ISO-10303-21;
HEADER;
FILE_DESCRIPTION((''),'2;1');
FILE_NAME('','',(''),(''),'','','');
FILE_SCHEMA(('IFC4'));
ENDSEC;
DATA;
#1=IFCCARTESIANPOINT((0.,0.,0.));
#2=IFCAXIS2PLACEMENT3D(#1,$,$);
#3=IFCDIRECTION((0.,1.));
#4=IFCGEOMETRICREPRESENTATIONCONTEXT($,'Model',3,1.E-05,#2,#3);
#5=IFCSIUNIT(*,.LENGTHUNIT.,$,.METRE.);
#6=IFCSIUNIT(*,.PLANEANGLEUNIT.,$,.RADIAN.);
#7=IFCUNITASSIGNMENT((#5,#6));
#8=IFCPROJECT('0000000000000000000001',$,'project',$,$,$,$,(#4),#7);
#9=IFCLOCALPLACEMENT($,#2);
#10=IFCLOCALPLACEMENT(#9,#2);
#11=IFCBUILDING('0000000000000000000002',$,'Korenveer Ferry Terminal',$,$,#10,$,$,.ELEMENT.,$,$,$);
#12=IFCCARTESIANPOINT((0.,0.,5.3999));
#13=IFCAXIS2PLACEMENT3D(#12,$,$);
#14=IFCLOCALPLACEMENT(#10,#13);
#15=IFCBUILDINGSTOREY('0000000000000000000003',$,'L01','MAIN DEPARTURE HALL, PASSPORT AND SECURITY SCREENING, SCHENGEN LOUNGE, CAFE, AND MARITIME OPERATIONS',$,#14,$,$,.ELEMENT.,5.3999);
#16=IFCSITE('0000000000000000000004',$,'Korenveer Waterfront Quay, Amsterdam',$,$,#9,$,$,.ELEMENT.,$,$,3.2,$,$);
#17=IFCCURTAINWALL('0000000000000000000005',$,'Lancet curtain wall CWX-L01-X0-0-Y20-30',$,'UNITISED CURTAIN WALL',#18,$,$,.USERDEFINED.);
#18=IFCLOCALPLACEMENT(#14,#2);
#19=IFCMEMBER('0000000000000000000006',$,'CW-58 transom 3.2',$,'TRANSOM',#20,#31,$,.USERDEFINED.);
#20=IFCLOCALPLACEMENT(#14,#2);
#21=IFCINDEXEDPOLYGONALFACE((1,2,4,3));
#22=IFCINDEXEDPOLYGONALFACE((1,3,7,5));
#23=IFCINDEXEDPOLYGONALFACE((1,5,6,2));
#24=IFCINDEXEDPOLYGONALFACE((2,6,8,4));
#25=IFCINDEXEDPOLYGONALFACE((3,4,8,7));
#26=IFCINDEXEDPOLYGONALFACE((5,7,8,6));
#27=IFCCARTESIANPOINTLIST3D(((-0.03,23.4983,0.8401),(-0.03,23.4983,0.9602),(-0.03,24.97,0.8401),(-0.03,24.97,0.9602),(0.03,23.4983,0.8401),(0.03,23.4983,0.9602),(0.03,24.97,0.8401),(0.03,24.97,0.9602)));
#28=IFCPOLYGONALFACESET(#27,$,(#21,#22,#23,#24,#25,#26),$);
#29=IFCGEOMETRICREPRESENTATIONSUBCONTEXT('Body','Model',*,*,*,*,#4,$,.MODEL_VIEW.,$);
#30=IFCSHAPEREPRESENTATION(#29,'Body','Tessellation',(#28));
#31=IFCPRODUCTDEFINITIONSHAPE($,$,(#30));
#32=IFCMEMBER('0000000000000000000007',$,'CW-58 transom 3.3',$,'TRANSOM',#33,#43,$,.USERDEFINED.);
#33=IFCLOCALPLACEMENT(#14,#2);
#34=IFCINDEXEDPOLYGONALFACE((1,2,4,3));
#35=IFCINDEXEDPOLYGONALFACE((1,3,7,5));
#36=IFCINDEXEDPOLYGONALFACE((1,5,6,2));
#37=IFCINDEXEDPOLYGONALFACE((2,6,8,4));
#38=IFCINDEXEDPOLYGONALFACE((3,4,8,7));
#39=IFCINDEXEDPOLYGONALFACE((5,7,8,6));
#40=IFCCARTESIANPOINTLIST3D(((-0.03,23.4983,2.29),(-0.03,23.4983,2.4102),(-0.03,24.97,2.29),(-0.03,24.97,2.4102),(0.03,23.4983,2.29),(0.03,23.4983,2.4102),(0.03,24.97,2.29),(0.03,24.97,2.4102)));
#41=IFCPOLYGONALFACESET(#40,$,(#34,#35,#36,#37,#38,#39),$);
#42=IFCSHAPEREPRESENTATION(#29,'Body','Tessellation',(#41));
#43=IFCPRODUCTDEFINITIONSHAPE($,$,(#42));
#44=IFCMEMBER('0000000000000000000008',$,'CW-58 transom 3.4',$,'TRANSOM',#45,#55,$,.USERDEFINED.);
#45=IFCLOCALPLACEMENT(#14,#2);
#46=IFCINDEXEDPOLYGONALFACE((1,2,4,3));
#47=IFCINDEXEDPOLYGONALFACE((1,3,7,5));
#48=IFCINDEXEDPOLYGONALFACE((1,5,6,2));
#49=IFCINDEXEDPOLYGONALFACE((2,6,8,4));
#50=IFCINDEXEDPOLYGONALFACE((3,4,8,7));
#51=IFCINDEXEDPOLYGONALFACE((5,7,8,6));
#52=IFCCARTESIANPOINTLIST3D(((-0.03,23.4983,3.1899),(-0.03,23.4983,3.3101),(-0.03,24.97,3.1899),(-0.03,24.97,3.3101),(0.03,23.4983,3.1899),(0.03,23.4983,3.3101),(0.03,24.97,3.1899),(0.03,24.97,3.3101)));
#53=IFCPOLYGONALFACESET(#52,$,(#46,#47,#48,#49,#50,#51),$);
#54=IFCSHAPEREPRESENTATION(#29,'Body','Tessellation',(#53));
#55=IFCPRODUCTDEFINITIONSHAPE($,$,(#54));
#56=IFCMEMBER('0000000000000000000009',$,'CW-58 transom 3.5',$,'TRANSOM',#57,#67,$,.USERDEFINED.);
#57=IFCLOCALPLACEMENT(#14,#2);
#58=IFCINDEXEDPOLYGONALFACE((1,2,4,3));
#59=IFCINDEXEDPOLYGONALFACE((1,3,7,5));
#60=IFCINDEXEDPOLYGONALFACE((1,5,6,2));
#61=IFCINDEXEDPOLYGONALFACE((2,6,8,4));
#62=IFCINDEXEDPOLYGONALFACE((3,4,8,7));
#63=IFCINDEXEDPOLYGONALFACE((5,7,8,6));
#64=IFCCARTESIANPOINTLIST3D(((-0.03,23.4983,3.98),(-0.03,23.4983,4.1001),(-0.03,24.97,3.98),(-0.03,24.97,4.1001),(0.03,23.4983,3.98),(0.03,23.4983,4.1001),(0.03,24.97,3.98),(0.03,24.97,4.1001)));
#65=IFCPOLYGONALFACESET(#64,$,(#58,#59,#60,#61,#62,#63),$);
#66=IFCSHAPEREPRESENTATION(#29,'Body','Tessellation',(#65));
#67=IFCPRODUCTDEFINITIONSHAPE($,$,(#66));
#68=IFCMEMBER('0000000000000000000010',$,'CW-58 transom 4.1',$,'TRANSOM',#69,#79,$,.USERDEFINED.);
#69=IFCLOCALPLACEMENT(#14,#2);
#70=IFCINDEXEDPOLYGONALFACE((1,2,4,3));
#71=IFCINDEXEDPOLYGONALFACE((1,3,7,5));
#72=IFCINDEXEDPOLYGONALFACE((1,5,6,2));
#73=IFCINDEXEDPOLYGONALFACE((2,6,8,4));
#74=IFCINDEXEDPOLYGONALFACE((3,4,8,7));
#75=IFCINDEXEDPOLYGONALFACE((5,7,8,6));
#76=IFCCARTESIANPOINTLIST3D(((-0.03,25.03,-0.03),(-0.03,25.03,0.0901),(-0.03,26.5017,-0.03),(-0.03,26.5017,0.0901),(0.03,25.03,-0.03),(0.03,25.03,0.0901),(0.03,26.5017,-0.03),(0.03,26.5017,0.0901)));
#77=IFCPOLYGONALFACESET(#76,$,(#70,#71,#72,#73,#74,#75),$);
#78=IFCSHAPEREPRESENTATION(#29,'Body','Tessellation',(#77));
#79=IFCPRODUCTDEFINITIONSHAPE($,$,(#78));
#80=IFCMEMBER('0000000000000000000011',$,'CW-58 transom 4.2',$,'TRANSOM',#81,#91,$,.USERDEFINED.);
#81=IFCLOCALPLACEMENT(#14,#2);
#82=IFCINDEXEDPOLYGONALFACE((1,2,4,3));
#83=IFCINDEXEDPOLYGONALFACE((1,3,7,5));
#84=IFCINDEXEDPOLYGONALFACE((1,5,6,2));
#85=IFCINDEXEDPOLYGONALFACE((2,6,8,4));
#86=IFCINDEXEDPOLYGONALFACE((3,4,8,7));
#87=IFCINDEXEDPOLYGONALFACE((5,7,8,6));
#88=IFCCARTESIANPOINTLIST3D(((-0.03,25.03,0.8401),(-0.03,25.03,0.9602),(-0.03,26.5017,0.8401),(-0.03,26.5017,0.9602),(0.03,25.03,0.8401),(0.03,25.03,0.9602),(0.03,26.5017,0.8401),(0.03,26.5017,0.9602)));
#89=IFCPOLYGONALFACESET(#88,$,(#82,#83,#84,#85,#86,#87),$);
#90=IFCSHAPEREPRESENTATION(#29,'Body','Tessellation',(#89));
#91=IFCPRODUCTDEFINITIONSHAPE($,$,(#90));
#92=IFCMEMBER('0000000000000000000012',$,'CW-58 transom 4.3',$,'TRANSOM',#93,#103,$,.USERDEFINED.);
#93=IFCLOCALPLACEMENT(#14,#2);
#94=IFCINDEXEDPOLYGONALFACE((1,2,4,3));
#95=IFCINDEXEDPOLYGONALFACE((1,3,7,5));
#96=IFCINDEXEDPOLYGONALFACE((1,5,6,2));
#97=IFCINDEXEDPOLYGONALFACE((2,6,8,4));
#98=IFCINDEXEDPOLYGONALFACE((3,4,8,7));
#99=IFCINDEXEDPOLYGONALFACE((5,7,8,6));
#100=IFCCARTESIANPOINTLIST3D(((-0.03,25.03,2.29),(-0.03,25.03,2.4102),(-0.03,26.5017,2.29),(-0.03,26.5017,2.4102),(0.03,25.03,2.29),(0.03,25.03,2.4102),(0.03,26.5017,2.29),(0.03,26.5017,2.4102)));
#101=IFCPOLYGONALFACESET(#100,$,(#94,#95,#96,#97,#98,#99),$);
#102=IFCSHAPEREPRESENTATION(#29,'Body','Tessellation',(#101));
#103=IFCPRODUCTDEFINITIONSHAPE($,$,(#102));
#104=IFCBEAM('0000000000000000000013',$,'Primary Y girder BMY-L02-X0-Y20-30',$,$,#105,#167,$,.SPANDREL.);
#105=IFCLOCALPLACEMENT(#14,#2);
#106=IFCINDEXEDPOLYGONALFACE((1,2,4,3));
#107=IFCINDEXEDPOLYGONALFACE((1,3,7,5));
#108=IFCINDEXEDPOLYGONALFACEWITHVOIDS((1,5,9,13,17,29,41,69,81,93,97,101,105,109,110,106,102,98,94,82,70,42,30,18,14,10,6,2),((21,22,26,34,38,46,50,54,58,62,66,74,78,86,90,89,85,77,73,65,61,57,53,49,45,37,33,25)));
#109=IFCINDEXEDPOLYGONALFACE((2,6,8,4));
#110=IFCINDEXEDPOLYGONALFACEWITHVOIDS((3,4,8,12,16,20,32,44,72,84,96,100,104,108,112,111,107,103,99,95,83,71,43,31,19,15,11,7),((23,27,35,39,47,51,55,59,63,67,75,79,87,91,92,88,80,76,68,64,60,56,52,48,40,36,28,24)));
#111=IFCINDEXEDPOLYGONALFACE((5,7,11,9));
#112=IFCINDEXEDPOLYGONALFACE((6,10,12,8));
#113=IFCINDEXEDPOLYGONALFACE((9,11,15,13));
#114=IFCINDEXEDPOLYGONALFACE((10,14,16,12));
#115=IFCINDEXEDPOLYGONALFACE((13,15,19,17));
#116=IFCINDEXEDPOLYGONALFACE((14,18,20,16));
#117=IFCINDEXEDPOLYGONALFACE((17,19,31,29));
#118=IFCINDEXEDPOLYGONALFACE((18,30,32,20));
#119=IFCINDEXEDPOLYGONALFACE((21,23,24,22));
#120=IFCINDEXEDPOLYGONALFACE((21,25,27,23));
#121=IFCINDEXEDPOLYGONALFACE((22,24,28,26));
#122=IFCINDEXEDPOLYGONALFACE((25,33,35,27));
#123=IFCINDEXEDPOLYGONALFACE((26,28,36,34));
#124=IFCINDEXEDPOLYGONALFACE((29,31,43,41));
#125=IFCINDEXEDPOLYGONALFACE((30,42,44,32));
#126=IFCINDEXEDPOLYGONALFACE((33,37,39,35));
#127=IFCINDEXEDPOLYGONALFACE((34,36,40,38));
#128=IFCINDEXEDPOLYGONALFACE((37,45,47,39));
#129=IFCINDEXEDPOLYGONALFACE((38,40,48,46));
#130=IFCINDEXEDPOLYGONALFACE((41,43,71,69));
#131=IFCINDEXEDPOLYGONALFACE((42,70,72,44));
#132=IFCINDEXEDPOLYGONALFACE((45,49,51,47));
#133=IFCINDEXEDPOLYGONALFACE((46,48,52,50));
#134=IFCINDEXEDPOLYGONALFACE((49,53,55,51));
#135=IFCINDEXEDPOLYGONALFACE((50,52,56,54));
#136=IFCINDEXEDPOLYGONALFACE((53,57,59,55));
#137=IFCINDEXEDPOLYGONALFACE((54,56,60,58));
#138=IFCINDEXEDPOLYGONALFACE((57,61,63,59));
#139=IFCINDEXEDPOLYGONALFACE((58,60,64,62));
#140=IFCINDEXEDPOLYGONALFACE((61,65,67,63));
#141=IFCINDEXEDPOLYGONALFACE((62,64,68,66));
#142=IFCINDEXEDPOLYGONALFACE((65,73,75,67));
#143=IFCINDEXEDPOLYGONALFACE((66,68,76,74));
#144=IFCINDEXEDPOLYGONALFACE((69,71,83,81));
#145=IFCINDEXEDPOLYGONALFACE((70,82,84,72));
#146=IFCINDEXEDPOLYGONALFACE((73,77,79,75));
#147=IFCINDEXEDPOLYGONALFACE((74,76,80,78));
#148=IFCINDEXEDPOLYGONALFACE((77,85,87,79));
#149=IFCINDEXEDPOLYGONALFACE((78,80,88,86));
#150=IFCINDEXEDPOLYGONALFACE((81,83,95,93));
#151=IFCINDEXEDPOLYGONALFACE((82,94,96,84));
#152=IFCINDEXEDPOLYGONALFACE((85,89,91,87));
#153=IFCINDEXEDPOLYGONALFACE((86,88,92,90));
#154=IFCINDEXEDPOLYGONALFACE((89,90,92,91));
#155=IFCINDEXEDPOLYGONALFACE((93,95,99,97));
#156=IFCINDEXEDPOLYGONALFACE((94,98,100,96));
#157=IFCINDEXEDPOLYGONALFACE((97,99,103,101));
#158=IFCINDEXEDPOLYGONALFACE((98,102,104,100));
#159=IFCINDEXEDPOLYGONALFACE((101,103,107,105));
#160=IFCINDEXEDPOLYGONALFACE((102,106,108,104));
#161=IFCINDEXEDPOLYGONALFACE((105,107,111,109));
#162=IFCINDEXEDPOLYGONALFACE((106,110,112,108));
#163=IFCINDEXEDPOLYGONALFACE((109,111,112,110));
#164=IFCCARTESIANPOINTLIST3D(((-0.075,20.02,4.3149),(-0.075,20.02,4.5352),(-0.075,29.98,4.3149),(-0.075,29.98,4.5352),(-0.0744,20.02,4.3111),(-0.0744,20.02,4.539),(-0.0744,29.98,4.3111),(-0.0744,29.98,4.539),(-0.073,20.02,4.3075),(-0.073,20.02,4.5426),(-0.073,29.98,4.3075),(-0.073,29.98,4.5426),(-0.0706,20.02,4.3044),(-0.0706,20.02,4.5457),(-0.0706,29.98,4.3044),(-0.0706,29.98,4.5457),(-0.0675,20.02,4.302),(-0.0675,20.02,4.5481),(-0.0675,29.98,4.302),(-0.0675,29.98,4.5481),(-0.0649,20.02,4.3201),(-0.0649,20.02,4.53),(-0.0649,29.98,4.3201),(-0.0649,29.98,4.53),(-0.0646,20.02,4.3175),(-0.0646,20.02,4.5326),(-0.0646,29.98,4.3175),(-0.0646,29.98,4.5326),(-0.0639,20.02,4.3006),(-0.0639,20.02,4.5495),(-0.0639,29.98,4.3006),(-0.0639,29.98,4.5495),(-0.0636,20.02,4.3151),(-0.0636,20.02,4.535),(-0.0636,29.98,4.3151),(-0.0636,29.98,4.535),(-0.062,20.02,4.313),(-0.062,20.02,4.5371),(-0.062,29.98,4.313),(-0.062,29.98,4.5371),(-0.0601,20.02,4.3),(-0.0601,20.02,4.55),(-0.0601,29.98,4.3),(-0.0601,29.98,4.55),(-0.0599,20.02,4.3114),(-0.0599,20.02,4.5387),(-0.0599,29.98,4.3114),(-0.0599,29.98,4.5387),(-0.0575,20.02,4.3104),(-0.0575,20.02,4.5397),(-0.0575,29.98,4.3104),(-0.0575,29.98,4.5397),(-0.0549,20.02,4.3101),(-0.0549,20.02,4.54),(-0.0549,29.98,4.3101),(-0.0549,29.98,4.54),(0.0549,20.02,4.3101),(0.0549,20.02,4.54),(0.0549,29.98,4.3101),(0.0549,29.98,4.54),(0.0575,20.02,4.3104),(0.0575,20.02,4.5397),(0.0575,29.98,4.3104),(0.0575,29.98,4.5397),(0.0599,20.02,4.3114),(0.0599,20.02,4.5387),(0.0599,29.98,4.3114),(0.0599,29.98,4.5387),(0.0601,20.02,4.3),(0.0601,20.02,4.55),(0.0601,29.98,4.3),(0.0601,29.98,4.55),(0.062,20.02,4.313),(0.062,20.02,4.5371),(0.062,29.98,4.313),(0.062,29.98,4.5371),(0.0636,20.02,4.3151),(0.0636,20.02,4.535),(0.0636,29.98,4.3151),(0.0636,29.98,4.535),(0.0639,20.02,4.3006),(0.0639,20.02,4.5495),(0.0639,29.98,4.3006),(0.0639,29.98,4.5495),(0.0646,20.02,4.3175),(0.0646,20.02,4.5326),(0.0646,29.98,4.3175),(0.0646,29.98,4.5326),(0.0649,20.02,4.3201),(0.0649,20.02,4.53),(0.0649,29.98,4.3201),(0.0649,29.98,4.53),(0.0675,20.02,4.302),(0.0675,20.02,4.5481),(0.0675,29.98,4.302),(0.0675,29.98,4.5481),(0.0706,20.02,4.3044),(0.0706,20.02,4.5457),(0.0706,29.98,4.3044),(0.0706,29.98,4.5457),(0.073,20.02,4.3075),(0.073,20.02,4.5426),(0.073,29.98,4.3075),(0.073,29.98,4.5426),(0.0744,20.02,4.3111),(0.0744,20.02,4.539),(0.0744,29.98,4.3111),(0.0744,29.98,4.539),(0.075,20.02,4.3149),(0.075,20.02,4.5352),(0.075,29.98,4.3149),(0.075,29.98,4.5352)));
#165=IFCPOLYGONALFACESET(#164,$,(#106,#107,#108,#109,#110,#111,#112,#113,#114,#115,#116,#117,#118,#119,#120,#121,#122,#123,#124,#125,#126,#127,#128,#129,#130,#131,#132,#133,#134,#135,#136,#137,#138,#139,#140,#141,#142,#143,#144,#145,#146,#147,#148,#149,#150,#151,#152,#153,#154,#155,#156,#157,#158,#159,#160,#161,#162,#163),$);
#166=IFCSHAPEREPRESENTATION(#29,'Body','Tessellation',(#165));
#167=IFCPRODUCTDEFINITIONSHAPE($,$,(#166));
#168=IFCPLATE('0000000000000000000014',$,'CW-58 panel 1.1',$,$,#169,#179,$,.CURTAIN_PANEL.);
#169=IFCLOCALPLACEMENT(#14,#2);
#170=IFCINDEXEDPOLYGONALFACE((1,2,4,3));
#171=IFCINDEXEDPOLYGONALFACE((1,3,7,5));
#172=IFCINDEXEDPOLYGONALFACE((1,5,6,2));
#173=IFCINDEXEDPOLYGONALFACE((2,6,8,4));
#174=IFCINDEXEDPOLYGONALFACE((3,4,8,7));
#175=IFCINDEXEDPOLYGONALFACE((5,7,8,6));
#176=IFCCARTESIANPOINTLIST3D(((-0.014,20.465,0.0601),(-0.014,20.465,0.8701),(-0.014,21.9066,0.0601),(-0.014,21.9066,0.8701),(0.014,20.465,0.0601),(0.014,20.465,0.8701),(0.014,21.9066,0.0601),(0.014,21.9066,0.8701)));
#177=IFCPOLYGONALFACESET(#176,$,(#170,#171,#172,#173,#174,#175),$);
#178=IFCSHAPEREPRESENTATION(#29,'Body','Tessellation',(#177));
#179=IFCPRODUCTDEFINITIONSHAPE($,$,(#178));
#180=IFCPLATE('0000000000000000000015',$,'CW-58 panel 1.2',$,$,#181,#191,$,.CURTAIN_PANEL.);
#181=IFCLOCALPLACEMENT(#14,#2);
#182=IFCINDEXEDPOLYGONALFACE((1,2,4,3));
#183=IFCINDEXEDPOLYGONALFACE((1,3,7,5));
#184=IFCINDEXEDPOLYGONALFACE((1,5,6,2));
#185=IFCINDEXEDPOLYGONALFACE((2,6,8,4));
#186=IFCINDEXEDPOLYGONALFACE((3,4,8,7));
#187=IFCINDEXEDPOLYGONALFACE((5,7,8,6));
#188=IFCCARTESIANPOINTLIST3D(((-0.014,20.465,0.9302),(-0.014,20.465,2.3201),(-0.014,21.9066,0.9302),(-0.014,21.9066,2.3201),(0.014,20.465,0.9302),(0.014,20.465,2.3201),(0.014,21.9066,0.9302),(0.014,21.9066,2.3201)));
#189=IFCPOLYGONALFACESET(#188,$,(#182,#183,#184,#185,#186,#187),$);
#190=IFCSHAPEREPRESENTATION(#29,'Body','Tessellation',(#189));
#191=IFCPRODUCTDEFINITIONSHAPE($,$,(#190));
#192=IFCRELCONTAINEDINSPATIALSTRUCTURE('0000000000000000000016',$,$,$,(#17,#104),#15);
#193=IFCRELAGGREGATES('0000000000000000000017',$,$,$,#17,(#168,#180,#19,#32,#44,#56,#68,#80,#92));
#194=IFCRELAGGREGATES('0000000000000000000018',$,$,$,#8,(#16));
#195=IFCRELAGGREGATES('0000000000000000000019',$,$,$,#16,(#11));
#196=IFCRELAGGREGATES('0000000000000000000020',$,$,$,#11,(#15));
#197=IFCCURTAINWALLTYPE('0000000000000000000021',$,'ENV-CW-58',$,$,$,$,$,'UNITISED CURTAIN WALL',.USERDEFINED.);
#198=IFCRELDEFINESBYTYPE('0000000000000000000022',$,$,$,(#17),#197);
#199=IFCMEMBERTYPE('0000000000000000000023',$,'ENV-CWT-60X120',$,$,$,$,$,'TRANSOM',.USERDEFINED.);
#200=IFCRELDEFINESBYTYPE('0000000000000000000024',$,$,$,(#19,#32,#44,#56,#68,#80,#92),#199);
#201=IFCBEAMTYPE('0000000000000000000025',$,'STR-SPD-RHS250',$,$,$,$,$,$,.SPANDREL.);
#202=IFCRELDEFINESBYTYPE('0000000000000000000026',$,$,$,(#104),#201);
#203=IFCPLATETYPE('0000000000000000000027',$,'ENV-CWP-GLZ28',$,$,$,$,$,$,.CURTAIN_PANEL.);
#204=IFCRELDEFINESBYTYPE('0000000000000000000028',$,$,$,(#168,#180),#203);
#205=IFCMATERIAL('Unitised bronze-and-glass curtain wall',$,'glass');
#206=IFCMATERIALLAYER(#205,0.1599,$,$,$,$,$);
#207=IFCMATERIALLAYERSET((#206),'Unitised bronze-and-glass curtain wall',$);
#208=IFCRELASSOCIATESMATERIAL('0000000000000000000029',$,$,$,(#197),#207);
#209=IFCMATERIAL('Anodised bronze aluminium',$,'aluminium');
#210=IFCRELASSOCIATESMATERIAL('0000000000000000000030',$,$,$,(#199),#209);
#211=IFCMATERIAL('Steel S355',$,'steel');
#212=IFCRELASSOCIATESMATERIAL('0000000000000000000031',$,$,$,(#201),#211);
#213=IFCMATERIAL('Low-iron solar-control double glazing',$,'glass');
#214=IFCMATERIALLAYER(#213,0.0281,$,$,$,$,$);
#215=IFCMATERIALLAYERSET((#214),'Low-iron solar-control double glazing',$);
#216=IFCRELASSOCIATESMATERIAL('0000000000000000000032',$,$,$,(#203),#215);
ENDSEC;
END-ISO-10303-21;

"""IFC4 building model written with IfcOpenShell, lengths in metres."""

from ifc_helpers import new_model, si_unit, direction, frame, origin, origin_2d, place, context, subcontext, project, spatial, rectangle, hollow_rectangle, extrude, material, layer, layer_set, material_profile, profile_set, type_object, element, aggregate, save


model = new_model("IFC4")

# Units and contexts
model_context = context("Model", 3, precision=1e-05, world=origin(), true_north=direction((0.0, 1.0)))
body_context = subcontext(model_context, "Body", "Model", "MODEL_VIEW")
ifc_project = project(units=[si_unit("LENGTHUNIT", "METRE"), si_unit("PLANEANGLEUNIT", "RADIAN")], contexts=[model_context])

# Site, building, storey
site_placement = place(None, origin())
site = spatial("IfcSite", under=ifc_project, at=site_placement, Name="Korenveer Waterfront Quay, Amsterdam", CompositionType="ELEMENT", RefElevation=3.2)
building_placement = place(site_placement, origin())
building = spatial("IfcBuilding", under=site, at=building_placement, Name="Korenveer Ferry Terminal", CompositionType="ELEMENT")
storey_placement = place(building_placement, frame((0.0, 0.0, 5.3999)))
storey = spatial("IfcBuildingStorey", under=building, at=storey_placement, Name="L01", Description="MAIN DEPARTURE HALL, PASSPORT AND SECURITY SCREENING, SCHENGEN LOUNGE, CAFE, AND MARITIME OPERATIONS", CompositionType="ELEMENT", Elevation=5.3999)

# Curtain wall, members
ifc_material_1 = material(Name="Unitised bronze-and-glass curtain wall", Category="glass")
ifc_layer_1 = layer(ifc_material_1, 0.1599)
ifc_layer_set_1 = layer_set([ifc_layer_1], Name="Unitised bronze-and-glass curtain wall")
curtain_wall_type = type_object("IfcCurtainWallType", Name="ENV-CW-58", ElementType="UNITISED CURTAIN WALL", PredefinedType="USERDEFINED", material=ifc_layer_set_1)
curtain_wall_placement = place(storey_placement, frame((0.0, 20.405, 0.0)))
curtain_wall = element("IfcCurtainWall", 1, at=curtain_wall_placement, inside=storey, type_object=curtain_wall_type, Name="Lancet curtain wall CWX-L01-X0-0-Y20-30", ObjectType="UNITISED CURTAIN WALL", PredefinedType="USERDEFINED")
ifc_material_2 = material(Name="Anodised bronze aluminium", Category="aluminium")
ifc_material_profile_1 = material_profile(ifc_material_2, rectangle(XDim=0.0601, YDim=0.1201, at=origin_2d()), Name="ALU 60x120")
ifc_profile_set_1 = profile_set([ifc_material_profile_1], Name="Anodised bronze aluminium")
member_type_1 = type_object("IfcMemberType", Name="ENV-CWT-60X120", ElementType="TRANSOM", PredefinedType="USERDEFINED", material=ifc_profile_set_1)
member_1_placement = place(storey_placement, frame((0.0, 23.4983, 0.9001), z_axis=(0.0, 1.0, 0.0), x_axis=(-1.0, 0.0, 0.0)))
member_1 = element("IfcMember", 2, at=member_1_placement, type_object=member_type_1, Name="CW-58 transom 3.2", ObjectType="TRANSOM", PredefinedType="USERDEFINED", context=body_context, shape_type="SweptSolid", body=[
    extrude(rectangle(XDim=0.0601, YDim=0.1201, at=origin_2d()), origin(), (0.0, 0.0, 1.0), 1.4717),
])
member_2_placement = place(storey_placement, frame((0.0, 23.4983, 2.3501), z_axis=(0.0, 1.0, 0.0), x_axis=(-1.0, 0.0, 0.0)))
member_2 = element("IfcMember", 3, at=member_2_placement, type_object=member_type_1, Name="CW-58 transom 3.3", ObjectType="TRANSOM", PredefinedType="USERDEFINED", context=body_context, shape_type="SweptSolid", body=[
    extrude(rectangle(XDim=0.0601, YDim=0.1201, at=origin_2d()), origin(), (0.0, 0.0, 1.0), 1.4717),
])
member_3_placement = place(storey_placement, frame((0.0, 23.4983, 3.25), z_axis=(0.0, 1.0, 0.0), x_axis=(-1.0, 0.0, 0.0)))
member_3 = element("IfcMember", 4, at=member_3_placement, type_object=member_type_1, Name="CW-58 transom 3.4", ObjectType="TRANSOM", PredefinedType="USERDEFINED", context=body_context, shape_type="SweptSolid", body=[
    extrude(rectangle(XDim=0.0601, YDim=0.1201, at=origin_2d()), origin(), (0.0, 0.0, 1.0), 1.4717),
])
member_4_placement = place(storey_placement, frame((0.0, 23.4983, 4.04), z_axis=(0.0, 1.0, 0.0), x_axis=(-1.0, 0.0, 0.0)))
member_4 = element("IfcMember", 5, at=member_4_placement, type_object=member_type_1, Name="CW-58 transom 3.5", ObjectType="TRANSOM", PredefinedType="USERDEFINED", context=body_context, shape_type="SweptSolid", body=[
    extrude(rectangle(XDim=0.0601, YDim=0.1201, at=origin_2d()), origin(), (0.0, 0.0, 1.0), 1.4717),
])
member_5_placement = place(storey_placement, frame((0.0, 25.03, 0.03), z_axis=(0.0, 1.0, 0.0), x_axis=(-1.0, 0.0, 0.0)))
member_5 = element("IfcMember", 6, at=member_5_placement, type_object=member_type_1, Name="CW-58 transom 4.1", ObjectType="TRANSOM", PredefinedType="USERDEFINED", context=body_context, shape_type="SweptSolid", body=[
    extrude(rectangle(XDim=0.0601, YDim=0.1201, at=origin_2d()), origin(), (0.0, 0.0, 1.0), 1.4717),
])
member_6_placement = place(storey_placement, frame((0.0, 25.03, 0.9001), z_axis=(0.0, 1.0, 0.0), x_axis=(-1.0, 0.0, 0.0)))
member_6 = element("IfcMember", 7, at=member_6_placement, type_object=member_type_1, Name="CW-58 transom 4.2", ObjectType="TRANSOM", PredefinedType="USERDEFINED", context=body_context, shape_type="SweptSolid", body=[
    extrude(rectangle(XDim=0.0601, YDim=0.1201, at=origin_2d()), origin(), (0.0, 0.0, 1.0), 1.4717),
])
member_7_placement = place(storey_placement, frame((0.0, 25.03, 2.3501), z_axis=(0.0, 1.0, 0.0), x_axis=(-1.0, 0.0, 0.0)))
member_7 = element("IfcMember", 8, at=member_7_placement, type_object=member_type_1, Name="CW-58 transom 4.3", ObjectType="TRANSOM", PredefinedType="USERDEFINED", context=body_context, shape_type="SweptSolid", body=[
    extrude(rectangle(XDim=0.0601, YDim=0.1201, at=origin_2d()), origin(), (0.0, 0.0, 1.0), 1.4717),
])

# Beam
ifc_material_3 = material(Name="Steel S355", Category="steel")
ifc_material_profile_2 = material_profile(ifc_material_3, hollow_rectangle(XDim=0.1499, YDim=0.25, WallThickness=0.01, InnerFilletRadius=0.01, OuterFilletRadius=0.0149, at=origin_2d()), Name="RHS 250x150x10")
ifc_profile_set_2 = profile_set([ifc_material_profile_2], Name="Steel S355")
beam_type = type_object("IfcBeamType", Name="STR-SPD-RHS250", PredefinedType="SPANDREL", material=ifc_profile_set_2)
beam_placement = place(storey_placement, frame((0.0, 20.02, 4.425), z_axis=(0.0, 1.0, 0.0), x_axis=(-1.0, 0.0, 0.0)))
element("IfcBeam", 9, at=beam_placement, inside=storey, type_object=beam_type, Name="Primary Y girder BMY-L02-X0-Y20-30", PredefinedType="SPANDREL", context=body_context, shape_type="SweptSolid", body=[
    extrude(hollow_rectangle(XDim=0.1499, YDim=0.25, WallThickness=0.01, InnerFilletRadius=0.01, OuterFilletRadius=0.0149, at=origin_2d()), origin(), (0.0, 0.0, 1.0), 9.96),
])

# Plates
ifc_material_4 = material(Name="Low-iron solar-control double glazing", Category="glass")
ifc_layer_2 = layer(ifc_material_4, 0.0281)
ifc_layer_set_2 = layer_set([ifc_layer_2], Name="Low-iron solar-control double glazing")
plate_type = type_object("IfcPlateType", Name="ENV-CWP-GLZ28", PredefinedType="CURTAIN_PANEL", material=ifc_layer_set_2)
plate_1_placement = place(storey_placement, frame((0.0, 21.1858, 0.0601), z_axis=(0.0, 0.0, 1.0), x_axis=(0.0, 1.0, 0.0)))
plate_1 = element("IfcPlate", 10, at=plate_1_placement, type_object=plate_type, Name="CW-58 panel 1.1", PredefinedType="CURTAIN_PANEL", context=body_context, shape_type="SweptSolid", body=[
    extrude(rectangle(XDim=1.4417, YDim=0.0281, at=origin_2d()), origin(), (0.0, 0.0, 1.0), 0.8101),
])
plate_2_placement = place(storey_placement, frame((0.0, 21.1858, 0.9302), z_axis=(0.0, 0.0, 1.0), x_axis=(0.0, 1.0, 0.0)))
plate_2 = element("IfcPlate", 11, at=plate_2_placement, type_object=plate_type, Name="CW-58 panel 1.2", PredefinedType="CURTAIN_PANEL", context=body_context, shape_type="SweptSolid", body=[
    extrude(rectangle(XDim=1.4417, YDim=0.0281, at=origin_2d()), origin(), (0.0, 0.0, 1.0), 1.3899),
])
aggregate(curtain_wall, [plate_1, plate_2, member_1, member_2, member_3, member_4, member_5, member_6, member_7])

save(model, "model.ifc")
